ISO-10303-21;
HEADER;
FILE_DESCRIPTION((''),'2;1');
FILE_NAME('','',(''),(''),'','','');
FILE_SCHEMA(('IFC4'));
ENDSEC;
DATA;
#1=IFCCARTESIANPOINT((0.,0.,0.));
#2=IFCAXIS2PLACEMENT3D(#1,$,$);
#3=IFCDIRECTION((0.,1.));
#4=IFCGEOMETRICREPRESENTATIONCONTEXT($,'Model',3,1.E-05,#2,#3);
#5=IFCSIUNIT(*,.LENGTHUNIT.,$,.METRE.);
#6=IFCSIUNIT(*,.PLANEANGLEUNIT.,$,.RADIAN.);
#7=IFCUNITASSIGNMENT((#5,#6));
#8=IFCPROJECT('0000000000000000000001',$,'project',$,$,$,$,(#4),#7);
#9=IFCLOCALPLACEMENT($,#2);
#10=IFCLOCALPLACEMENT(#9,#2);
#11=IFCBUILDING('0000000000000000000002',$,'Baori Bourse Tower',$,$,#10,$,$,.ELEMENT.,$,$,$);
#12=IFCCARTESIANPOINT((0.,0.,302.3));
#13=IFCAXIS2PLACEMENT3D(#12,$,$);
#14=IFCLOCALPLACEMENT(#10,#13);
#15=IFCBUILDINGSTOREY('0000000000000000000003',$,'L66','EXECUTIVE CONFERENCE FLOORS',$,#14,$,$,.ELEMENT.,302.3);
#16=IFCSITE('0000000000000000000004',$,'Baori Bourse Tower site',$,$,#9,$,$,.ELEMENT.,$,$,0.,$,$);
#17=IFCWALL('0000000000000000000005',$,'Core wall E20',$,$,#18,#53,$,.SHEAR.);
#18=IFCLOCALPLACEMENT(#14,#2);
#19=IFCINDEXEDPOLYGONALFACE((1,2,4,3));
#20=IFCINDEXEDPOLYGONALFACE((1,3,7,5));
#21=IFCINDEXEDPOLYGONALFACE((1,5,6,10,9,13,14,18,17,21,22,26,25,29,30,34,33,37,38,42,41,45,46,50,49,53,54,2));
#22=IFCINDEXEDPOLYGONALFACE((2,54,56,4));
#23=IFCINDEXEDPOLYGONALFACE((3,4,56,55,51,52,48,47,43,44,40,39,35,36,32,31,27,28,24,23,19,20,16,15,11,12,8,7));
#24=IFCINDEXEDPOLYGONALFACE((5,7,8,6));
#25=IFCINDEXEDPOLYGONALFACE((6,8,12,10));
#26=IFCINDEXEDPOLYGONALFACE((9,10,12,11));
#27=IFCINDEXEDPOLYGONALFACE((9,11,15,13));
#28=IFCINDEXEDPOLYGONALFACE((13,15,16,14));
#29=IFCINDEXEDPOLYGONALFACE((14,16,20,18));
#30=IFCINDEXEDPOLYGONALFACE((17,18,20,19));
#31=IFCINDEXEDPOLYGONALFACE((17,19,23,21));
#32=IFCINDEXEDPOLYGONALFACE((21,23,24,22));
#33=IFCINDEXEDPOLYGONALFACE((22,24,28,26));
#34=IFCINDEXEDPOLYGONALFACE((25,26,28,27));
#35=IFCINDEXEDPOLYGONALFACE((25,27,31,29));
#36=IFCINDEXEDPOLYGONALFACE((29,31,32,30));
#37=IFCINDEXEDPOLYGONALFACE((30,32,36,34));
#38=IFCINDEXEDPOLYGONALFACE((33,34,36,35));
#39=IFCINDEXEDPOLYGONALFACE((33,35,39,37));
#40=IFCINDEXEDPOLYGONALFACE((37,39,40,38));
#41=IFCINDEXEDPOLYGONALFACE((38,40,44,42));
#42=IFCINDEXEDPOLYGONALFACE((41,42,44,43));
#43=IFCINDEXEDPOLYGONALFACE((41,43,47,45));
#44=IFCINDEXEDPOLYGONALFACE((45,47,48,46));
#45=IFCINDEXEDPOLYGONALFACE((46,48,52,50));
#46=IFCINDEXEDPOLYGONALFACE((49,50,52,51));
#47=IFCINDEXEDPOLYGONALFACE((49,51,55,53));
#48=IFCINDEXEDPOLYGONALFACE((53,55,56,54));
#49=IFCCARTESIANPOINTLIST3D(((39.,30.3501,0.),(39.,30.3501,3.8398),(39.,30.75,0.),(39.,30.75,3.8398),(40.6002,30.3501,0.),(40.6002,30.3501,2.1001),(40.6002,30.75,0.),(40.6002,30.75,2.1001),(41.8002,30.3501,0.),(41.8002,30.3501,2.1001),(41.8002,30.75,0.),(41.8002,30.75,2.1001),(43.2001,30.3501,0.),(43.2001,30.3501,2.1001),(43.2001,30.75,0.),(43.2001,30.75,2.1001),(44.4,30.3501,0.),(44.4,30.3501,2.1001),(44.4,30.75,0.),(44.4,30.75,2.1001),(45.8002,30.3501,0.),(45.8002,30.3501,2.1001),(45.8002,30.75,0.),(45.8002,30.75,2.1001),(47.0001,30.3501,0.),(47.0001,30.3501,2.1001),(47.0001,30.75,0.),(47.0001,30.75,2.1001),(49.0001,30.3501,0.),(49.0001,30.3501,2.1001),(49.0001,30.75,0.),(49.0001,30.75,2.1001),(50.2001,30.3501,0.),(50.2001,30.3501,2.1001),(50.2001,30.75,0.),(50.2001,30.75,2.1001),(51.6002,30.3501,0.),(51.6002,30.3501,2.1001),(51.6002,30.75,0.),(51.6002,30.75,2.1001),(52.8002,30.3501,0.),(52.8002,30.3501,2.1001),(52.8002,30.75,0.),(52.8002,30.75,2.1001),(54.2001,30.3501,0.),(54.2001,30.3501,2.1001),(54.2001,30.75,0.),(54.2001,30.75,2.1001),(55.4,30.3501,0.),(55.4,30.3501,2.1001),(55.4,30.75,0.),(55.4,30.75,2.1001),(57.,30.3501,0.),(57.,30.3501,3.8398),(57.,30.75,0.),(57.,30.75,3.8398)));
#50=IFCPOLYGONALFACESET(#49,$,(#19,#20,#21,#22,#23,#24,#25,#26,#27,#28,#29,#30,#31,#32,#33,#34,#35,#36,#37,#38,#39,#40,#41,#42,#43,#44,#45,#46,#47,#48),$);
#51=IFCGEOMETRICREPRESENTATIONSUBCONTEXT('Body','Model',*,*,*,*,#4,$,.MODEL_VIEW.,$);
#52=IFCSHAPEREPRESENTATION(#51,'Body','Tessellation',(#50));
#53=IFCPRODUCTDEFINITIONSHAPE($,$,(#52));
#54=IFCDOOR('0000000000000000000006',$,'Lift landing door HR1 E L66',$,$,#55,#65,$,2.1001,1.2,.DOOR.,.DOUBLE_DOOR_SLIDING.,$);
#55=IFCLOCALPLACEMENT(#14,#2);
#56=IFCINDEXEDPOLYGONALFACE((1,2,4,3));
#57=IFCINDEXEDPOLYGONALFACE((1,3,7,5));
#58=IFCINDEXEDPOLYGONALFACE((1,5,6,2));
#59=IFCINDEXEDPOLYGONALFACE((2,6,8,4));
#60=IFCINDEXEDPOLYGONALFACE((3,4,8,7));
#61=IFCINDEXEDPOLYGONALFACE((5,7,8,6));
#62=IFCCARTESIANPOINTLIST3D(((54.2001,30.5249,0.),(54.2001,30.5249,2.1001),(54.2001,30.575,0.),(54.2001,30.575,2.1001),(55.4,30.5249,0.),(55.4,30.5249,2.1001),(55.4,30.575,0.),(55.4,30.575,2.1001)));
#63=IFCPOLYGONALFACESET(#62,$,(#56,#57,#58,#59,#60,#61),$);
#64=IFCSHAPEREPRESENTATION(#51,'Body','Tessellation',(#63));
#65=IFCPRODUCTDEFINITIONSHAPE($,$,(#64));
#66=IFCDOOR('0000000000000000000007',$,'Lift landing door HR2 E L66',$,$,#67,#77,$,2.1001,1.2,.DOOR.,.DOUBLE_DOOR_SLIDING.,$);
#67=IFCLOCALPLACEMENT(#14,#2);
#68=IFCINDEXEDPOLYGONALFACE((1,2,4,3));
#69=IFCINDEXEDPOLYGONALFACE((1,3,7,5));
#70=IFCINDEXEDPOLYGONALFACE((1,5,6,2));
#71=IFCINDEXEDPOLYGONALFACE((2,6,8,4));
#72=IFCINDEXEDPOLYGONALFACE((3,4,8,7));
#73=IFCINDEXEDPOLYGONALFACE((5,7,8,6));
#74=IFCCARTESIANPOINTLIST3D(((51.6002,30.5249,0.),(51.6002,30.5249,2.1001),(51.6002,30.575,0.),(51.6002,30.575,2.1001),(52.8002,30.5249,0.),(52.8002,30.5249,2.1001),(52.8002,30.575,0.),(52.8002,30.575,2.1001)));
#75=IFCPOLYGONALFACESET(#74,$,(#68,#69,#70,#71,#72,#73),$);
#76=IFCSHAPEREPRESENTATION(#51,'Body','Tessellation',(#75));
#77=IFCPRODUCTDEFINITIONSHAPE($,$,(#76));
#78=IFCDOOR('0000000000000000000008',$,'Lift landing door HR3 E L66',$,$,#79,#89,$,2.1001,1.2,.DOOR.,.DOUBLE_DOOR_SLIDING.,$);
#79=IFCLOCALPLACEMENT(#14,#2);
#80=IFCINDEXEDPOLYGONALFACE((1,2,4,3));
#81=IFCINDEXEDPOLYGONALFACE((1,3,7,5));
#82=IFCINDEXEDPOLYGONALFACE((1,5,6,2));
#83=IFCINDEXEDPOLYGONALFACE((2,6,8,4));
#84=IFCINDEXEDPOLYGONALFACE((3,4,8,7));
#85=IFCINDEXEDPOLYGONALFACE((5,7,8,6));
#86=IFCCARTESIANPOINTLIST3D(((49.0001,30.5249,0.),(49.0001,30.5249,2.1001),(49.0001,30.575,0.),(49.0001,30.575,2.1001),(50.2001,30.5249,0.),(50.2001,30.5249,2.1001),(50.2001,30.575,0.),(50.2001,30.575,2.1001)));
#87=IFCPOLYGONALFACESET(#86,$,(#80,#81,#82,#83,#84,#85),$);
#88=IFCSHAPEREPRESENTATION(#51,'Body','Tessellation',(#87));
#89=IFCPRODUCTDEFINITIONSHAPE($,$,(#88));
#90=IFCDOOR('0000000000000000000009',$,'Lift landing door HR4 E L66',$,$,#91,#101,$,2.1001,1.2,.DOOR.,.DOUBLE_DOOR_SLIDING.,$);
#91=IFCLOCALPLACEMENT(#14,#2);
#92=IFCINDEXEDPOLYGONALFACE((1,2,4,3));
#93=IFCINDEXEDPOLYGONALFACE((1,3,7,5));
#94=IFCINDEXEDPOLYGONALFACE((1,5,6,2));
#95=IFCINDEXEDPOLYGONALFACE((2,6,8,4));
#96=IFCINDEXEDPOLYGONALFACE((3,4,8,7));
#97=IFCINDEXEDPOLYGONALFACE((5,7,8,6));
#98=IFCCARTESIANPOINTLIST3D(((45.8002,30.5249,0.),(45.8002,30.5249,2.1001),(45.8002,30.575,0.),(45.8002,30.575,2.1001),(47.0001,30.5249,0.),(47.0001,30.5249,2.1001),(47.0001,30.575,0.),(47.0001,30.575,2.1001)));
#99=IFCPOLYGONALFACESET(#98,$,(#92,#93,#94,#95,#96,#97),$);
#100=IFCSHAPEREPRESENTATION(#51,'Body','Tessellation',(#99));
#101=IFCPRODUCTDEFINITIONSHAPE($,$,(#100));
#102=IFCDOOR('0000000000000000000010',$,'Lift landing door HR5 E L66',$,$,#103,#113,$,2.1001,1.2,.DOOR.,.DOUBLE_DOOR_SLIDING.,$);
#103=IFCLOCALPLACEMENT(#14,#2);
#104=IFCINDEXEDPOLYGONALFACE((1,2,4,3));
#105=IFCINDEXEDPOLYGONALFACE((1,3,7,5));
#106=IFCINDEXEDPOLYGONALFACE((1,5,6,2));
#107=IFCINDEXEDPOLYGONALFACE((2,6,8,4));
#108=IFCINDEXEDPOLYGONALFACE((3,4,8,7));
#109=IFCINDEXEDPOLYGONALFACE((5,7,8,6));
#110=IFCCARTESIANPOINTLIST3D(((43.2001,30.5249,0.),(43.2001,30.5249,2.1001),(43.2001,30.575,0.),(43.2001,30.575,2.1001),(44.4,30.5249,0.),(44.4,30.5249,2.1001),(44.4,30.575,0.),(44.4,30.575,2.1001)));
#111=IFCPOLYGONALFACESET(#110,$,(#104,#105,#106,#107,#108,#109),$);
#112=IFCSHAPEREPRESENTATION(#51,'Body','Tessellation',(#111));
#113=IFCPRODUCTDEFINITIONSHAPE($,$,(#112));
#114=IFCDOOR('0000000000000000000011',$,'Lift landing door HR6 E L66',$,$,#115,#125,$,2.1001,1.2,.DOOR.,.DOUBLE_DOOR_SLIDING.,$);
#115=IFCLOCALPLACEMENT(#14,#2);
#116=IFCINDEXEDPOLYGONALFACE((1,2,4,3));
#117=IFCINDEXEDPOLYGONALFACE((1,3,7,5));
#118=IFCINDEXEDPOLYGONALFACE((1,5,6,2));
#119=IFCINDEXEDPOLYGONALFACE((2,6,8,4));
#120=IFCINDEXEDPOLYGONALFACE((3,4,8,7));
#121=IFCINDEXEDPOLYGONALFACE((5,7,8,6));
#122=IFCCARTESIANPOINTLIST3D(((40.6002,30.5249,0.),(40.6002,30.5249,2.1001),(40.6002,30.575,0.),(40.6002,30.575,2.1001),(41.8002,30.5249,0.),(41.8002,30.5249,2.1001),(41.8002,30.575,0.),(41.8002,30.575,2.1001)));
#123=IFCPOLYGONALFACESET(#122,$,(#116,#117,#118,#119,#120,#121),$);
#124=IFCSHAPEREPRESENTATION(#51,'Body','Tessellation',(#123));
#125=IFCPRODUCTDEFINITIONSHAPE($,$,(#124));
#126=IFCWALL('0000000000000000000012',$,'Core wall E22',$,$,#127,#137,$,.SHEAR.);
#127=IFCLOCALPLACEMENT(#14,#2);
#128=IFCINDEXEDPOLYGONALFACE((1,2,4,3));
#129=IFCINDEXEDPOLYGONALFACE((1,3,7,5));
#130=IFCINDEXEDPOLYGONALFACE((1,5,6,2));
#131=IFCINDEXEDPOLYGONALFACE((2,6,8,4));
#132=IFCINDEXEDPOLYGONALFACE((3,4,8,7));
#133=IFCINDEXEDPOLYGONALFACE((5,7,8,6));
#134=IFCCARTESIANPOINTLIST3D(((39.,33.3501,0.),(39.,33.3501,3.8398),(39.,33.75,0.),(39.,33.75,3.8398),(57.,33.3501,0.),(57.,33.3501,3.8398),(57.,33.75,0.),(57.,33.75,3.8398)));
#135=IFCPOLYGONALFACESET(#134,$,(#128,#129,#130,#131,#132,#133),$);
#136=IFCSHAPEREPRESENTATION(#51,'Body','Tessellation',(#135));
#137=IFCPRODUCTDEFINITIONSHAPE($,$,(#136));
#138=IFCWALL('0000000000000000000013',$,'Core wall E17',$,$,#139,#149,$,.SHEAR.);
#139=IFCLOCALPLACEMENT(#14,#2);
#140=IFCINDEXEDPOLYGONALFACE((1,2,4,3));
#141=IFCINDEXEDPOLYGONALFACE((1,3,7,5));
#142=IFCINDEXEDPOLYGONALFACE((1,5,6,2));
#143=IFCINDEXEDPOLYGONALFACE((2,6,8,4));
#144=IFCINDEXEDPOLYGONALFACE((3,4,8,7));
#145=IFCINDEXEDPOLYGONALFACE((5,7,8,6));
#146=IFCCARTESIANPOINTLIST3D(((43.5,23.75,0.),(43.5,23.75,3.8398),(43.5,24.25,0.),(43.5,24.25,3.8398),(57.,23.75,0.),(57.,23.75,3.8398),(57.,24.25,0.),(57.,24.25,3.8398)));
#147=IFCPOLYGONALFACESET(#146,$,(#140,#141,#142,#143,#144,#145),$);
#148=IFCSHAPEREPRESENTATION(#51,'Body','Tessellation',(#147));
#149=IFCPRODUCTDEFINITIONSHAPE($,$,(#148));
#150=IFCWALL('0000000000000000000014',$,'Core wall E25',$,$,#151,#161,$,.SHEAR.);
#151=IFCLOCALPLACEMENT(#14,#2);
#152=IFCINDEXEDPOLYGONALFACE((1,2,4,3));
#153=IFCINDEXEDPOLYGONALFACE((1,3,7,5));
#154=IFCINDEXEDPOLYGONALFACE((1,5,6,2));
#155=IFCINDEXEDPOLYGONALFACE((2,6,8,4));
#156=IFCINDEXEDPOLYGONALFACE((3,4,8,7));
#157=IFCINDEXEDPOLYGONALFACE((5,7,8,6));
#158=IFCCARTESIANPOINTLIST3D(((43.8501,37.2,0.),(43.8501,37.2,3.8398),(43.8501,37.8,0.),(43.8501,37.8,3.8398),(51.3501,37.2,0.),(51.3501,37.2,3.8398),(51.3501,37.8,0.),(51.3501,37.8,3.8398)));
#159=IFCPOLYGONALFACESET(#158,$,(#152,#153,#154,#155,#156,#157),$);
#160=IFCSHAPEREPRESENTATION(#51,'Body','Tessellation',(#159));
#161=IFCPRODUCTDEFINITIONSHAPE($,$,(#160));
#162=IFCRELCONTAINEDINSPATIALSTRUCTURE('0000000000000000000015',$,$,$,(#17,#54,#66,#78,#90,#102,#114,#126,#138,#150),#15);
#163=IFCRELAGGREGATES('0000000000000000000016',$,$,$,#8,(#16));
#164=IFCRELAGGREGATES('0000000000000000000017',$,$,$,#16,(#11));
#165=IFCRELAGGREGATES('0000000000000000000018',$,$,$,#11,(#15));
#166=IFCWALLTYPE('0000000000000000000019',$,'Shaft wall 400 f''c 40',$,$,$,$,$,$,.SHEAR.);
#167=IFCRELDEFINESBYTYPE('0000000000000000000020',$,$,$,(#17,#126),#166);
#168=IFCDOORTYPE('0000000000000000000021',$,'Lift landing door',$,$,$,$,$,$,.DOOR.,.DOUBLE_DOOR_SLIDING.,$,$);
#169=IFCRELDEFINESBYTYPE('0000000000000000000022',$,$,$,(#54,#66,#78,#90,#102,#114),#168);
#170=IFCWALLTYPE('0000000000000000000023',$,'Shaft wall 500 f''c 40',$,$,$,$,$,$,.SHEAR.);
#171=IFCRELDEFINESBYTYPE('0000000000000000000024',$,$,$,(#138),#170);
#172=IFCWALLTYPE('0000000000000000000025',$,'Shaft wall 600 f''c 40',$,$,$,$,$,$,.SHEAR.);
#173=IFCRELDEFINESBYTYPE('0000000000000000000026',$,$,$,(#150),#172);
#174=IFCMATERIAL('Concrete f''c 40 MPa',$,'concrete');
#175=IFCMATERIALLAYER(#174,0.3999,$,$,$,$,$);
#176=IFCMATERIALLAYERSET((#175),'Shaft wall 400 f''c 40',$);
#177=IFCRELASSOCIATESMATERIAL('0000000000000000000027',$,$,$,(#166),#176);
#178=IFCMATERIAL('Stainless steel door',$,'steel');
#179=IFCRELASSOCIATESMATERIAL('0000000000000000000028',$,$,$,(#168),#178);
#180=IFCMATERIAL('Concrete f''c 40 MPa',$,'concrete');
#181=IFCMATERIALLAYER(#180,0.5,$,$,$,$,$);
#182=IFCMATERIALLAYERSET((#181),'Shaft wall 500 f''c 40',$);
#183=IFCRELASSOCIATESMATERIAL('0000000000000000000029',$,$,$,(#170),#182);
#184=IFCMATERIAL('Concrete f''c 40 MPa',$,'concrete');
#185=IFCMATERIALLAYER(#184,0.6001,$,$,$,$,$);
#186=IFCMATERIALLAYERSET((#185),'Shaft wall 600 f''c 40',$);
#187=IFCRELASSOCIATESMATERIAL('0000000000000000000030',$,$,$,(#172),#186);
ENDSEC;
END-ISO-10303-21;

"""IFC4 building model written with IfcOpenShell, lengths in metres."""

from ifc_helpers import new_model, si_unit, direction, frame, frame_2d, origin, place, context, subcontext, project, spatial, rectangle, extrude, material, layer, layer_set, type_object, element, fill, save


model = new_model("IFC4")

# Units and contexts
model_context = context("Model", 3, precision=1e-05, world=origin(), true_north=direction((0.0, 1.0)))
body_context = subcontext(model_context, "Body", "Model", "MODEL_VIEW")
ifc_project = project(units=[si_unit("LENGTHUNIT", "METRE"), si_unit("PLANEANGLEUNIT", "RADIAN")], contexts=[model_context])

# Site, building, storey
site_placement = place(None, origin())
site = spatial("IfcSite", under=ifc_project, at=site_placement, Name="Baori Bourse Tower site", CompositionType="ELEMENT", RefElevation=0.0)
building_placement = place(site_placement, origin())
building = spatial("IfcBuilding", under=site, at=building_placement, Name="Baori Bourse Tower", CompositionType="ELEMENT")
storey_placement = place(building_placement, frame((0.0, 0.0, 302.3)))
storey = spatial("IfcBuildingStorey", under=building, at=storey_placement, Name="L66", Description="EXECUTIVE CONFERENCE FLOORS", CompositionType="ELEMENT", Elevation=302.3)

# Wall, openings, doors
ifc_material_1 = material(Name="Concrete f'c 40 MPa", Category="concrete")
ifc_layer_1 = layer(ifc_material_1, 0.3999)
ifc_layer_set_1 = layer_set([ifc_layer_1], Name="Shaft wall 400 f'c 40")
wall_type_1 = type_object("IfcWallType", Name="Shaft wall 400 f'c 40", PredefinedType="SHEAR", material=ifc_layer_set_1)
ifc_material_2 = material(Name="Stainless steel door", Category="steel")
door_type_1 = type_object("IfcDoorType", Name="Lift landing door", OperationType="DOUBLE_DOOR_SLIDING", PredefinedType="DOOR", material=ifc_material_2)
wall_1_placement = place(storey_placement, frame((39.0, 30.55, 0.0), z_axis=(0.0, 0.0, 1.0), x_axis=(1.0, 0.0, 0.0)))
wall_1 = element("IfcWall", 1, at=wall_1_placement, inside=storey, type_object=wall_type_1, Name="Core wall E20", PredefinedType="SHEAR", context=body_context, shape_type="SweptSolid", body=[
    extrude(rectangle(XDim=18.0, YDim=0.3999, at=frame_2d((9.0, 0.0))), origin(), (0.0, 0.0, 1.0), 3.8398),
])
opening_1_placement = place(wall_1_placement, frame((15.2, 0.0, 0.0)))
opening_1 = element("IfcOpeningElement", 2, at=opening_1_placement, cuts=wall_1, PredefinedType="OPENING", context=body_context, shape_type="SweptSolid", body=[
    extrude(rectangle(XDim=1.2, YDim=2.1001, at=frame_2d((0.6001, 1.05))), frame((0.0, 0.21, 0.0), z_axis=(0.0, -1.0, 0.0), x_axis=(1.0, 0.0, 0.0)), (0.0, 0.0, 1.0), 0.4199),
])
opening_2_placement = place(wall_1_placement, frame((12.6001, 0.0, 0.0)))
opening_2 = element("IfcOpeningElement", 3, at=opening_2_placement, cuts=wall_1, PredefinedType="OPENING", context=body_context, shape_type="SweptSolid", body=[
    extrude(rectangle(XDim=1.2, YDim=2.1001, at=frame_2d((0.6001, 1.05))), frame((0.0, 0.21, 0.0), z_axis=(0.0, -1.0, 0.0), x_axis=(1.0, 0.0, 0.0)), (0.0, 0.0, 1.0), 0.4199),
])
opening_3_placement = place(wall_1_placement, frame((10.0, 0.0, 0.0)))
opening_3 = element("IfcOpeningElement", 4, at=opening_3_placement, cuts=wall_1, PredefinedType="OPENING", context=body_context, shape_type="SweptSolid", body=[
    extrude(rectangle(XDim=1.2, YDim=2.1001, at=frame_2d((0.6001, 1.05))), frame((0.0, 0.21, 0.0), z_axis=(0.0, -1.0, 0.0), x_axis=(1.0, 0.0, 0.0)), (0.0, 0.0, 1.0), 0.4199),
])
opening_4_placement = place(wall_1_placement, frame((6.8, 0.0, 0.0)))
opening_4 = element("IfcOpeningElement", 5, at=opening_4_placement, cuts=wall_1, PredefinedType="OPENING", context=body_context, shape_type="SweptSolid", body=[
    extrude(rectangle(XDim=1.2, YDim=2.1001, at=frame_2d((0.6001, 1.05))), frame((0.0, 0.21, 0.0), z_axis=(0.0, -1.0, 0.0), x_axis=(1.0, 0.0, 0.0)), (0.0, 0.0, 1.0), 0.4199),
])
opening_5_placement = place(wall_1_placement, frame((4.2, 0.0, 0.0)))
opening_5 = element("IfcOpeningElement", 6, at=opening_5_placement, cuts=wall_1, PredefinedType="OPENING", context=body_context, shape_type="SweptSolid", body=[
    extrude(rectangle(XDim=1.2, YDim=2.1001, at=frame_2d((0.6001, 1.05))), frame((0.0, 0.21, 0.0), z_axis=(0.0, -1.0, 0.0), x_axis=(1.0, 0.0, 0.0)), (0.0, 0.0, 1.0), 0.4199),
])
opening_6_placement = place(wall_1_placement, frame((1.6001, 0.0, 0.0)))
opening_6 = element("IfcOpeningElement", 7, at=opening_6_placement, cuts=wall_1, PredefinedType="OPENING", context=body_context, shape_type="SweptSolid", body=[
    extrude(rectangle(XDim=1.2, YDim=2.1001, at=frame_2d((0.6001, 1.05))), frame((0.0, 0.21, 0.0), z_axis=(0.0, -1.0, 0.0), x_axis=(1.0, 0.0, 0.0)), (0.0, 0.0, 1.0), 0.4199),
])
door_1_placement = place(opening_1_placement, origin())
door_1 = element("IfcDoor", 8, at=door_1_placement, inside=storey, type_object=door_type_1, Name="Lift landing door HR1 E L66", OperationType="DOUBLE_DOOR_SLIDING", OverallHeight=2.1001, OverallWidth=1.2, PredefinedType="DOOR", context=body_context, shape_type="SweptSolid", body=[
    extrude(rectangle(XDim=1.2, YDim=2.1001, at=frame_2d((0.6001, 1.05))), frame((0.0, 0.0249, 0.0), z_axis=(0.0, -1.0, 0.0), x_axis=(1.0, 0.0, 0.0)), (0.0, 0.0, 1.0), 0.05),
])
fill(opening_1, door_1)
door_2_placement = place(opening_2_placement, origin())
door_2 = element("IfcDoor", 9, at=door_2_placement, inside=storey, type_object=door_type_1, Name="Lift landing door HR2 E L66", OperationType="DOUBLE_DOOR_SLIDING", OverallHeight=2.1001, OverallWidth=1.2, PredefinedType="DOOR", context=body_context, shape_type="SweptSolid", body=[
    extrude(rectangle(XDim=1.2, YDim=2.1001, at=frame_2d((0.6001, 1.05))), frame((0.0, 0.0249, 0.0), z_axis=(0.0, -1.0, 0.0), x_axis=(1.0, 0.0, 0.0)), (0.0, 0.0, 1.0), 0.05),
])
fill(opening_2, door_2)
door_3_placement = place(opening_3_placement, origin())
door_3 = element("IfcDoor", 10, at=door_3_placement, inside=storey, type_object=door_type_1, Name="Lift landing door HR3 E L66", OperationType="DOUBLE_DOOR_SLIDING", OverallHeight=2.1001, OverallWidth=1.2, PredefinedType="DOOR", context=body_context, shape_type="SweptSolid", body=[
    extrude(rectangle(XDim=1.2, YDim=2.1001, at=frame_2d((0.6001, 1.05))), frame((0.0, 0.0249, 0.0), z_axis=(0.0, -1.0, 0.0), x_axis=(1.0, 0.0, 0.0)), (0.0, 0.0, 1.0), 0.05),
])
fill(opening_3, door_3)
door_4_placement = place(opening_4_placement, origin())
door_4 = element("IfcDoor", 11, at=door_4_placement, inside=storey, type_object=door_type_1, Name="Lift landing door HR4 E L66", OperationType="DOUBLE_DOOR_SLIDING", OverallHeight=2.1001, OverallWidth=1.2, PredefinedType="DOOR", context=body_context, shape_type="SweptSolid", body=[
    extrude(rectangle(XDim=1.2, YDim=2.1001, at=frame_2d((0.6001, 1.05))), frame((0.0, 0.0249, 0.0), z_axis=(0.0, -1.0, 0.0), x_axis=(1.0, 0.0, 0.0)), (0.0, 0.0, 1.0), 0.05),
])
fill(opening_4, door_4)
door_5_placement = place(opening_5_placement, origin())
door_5 = element("IfcDoor", 12, at=door_5_placement, inside=storey, type_object=door_type_1, Name="Lift landing door HR5 E L66", OperationType="DOUBLE_DOOR_SLIDING", OverallHeight=2.1001, OverallWidth=1.2, PredefinedType="DOOR", context=body_context, shape_type="SweptSolid", body=[
    extrude(rectangle(XDim=1.2, YDim=2.1001, at=frame_2d((0.6001, 1.05))), frame((0.0, 0.0249, 0.0), z_axis=(0.0, -1.0, 0.0), x_axis=(1.0, 0.0, 0.0)), (0.0, 0.0, 1.0), 0.05),
])
fill(opening_5, door_5)
door_6_placement = place(opening_6_placement, origin())
door_6 = element("IfcDoor", 13, at=door_6_placement, inside=storey, type_object=door_type_1, Name="Lift landing door HR6 E L66", OperationType="DOUBLE_DOOR_SLIDING", OverallHeight=2.1001, OverallWidth=1.2, PredefinedType="DOOR", context=body_context, shape_type="SweptSolid", body=[
    extrude(rectangle(XDim=1.2, YDim=2.1001, at=frame_2d((0.6001, 1.05))), frame((0.0, 0.0249, 0.0), z_axis=(0.0, -1.0, 0.0), x_axis=(1.0, 0.0, 0.0)), (0.0, 0.0, 1.0), 0.05),
])
fill(opening_6, door_6)

# Walls
wall_2_placement = place(storey_placement, frame((39.0, 33.55, 0.0), z_axis=(0.0, 0.0, 1.0), x_axis=(1.0, 0.0, 0.0)))
element("IfcWall", 14, at=wall_2_placement, inside=storey, type_object=wall_type_1, Name="Core wall E22", PredefinedType="SHEAR", context=body_context, shape_type="SweptSolid", body=[
    extrude(rectangle(XDim=18.0, YDim=0.3999, at=frame_2d((9.0, 0.0))), origin(), (0.0, 0.0, 1.0), 3.8398),
])
ifc_material_3 = material(Name="Concrete f'c 40 MPa", Category="concrete")
ifc_layer_2 = layer(ifc_material_3, 0.5)
ifc_layer_set_2 = layer_set([ifc_layer_2], Name="Shaft wall 500 f'c 40")
wall_type_2 = type_object("IfcWallType", Name="Shaft wall 500 f'c 40", PredefinedType="SHEAR", material=ifc_layer_set_2)
wall_3_placement = place(storey_placement, frame((43.5, 24.0, 0.0), z_axis=(0.0, 0.0, 1.0), x_axis=(1.0, 0.0, 0.0)))
element("IfcWall", 15, at=wall_3_placement, inside=storey, type_object=wall_type_2, Name="Core wall E17", PredefinedType="SHEAR", context=body_context, shape_type="SweptSolid", body=[
    extrude(rectangle(XDim=13.5, YDim=0.5, at=frame_2d((6.75, 0.0))), origin(), (0.0, 0.0, 1.0), 3.8398),
])
ifc_material_4 = material(Name="Concrete f'c 40 MPa", Category="concrete")
ifc_layer_3 = layer(ifc_material_4, 0.6001)
ifc_layer_set_3 = layer_set([ifc_layer_3], Name="Shaft wall 600 f'c 40")
wall_type_3 = type_object("IfcWallType", Name="Shaft wall 600 f'c 40", PredefinedType="SHEAR", material=ifc_layer_set_3)
wall_4_placement = place(storey_placement, frame((43.8501, 37.5, 0.0), z_axis=(0.0, 0.0, 1.0), x_axis=(1.0, 0.0, 0.0)))
element("IfcWall", 16, at=wall_4_placement, inside=storey, type_object=wall_type_3, Name="Core wall E25", PredefinedType="SHEAR", context=body_context, shape_type="SweptSolid", body=[
    extrude(rectangle(XDim=7.5, YDim=0.6001, at=frame_2d((3.75, 0.0))), origin(), (0.0, 0.0, 1.0), 3.8398),
])

save(model, "model.ifc")
